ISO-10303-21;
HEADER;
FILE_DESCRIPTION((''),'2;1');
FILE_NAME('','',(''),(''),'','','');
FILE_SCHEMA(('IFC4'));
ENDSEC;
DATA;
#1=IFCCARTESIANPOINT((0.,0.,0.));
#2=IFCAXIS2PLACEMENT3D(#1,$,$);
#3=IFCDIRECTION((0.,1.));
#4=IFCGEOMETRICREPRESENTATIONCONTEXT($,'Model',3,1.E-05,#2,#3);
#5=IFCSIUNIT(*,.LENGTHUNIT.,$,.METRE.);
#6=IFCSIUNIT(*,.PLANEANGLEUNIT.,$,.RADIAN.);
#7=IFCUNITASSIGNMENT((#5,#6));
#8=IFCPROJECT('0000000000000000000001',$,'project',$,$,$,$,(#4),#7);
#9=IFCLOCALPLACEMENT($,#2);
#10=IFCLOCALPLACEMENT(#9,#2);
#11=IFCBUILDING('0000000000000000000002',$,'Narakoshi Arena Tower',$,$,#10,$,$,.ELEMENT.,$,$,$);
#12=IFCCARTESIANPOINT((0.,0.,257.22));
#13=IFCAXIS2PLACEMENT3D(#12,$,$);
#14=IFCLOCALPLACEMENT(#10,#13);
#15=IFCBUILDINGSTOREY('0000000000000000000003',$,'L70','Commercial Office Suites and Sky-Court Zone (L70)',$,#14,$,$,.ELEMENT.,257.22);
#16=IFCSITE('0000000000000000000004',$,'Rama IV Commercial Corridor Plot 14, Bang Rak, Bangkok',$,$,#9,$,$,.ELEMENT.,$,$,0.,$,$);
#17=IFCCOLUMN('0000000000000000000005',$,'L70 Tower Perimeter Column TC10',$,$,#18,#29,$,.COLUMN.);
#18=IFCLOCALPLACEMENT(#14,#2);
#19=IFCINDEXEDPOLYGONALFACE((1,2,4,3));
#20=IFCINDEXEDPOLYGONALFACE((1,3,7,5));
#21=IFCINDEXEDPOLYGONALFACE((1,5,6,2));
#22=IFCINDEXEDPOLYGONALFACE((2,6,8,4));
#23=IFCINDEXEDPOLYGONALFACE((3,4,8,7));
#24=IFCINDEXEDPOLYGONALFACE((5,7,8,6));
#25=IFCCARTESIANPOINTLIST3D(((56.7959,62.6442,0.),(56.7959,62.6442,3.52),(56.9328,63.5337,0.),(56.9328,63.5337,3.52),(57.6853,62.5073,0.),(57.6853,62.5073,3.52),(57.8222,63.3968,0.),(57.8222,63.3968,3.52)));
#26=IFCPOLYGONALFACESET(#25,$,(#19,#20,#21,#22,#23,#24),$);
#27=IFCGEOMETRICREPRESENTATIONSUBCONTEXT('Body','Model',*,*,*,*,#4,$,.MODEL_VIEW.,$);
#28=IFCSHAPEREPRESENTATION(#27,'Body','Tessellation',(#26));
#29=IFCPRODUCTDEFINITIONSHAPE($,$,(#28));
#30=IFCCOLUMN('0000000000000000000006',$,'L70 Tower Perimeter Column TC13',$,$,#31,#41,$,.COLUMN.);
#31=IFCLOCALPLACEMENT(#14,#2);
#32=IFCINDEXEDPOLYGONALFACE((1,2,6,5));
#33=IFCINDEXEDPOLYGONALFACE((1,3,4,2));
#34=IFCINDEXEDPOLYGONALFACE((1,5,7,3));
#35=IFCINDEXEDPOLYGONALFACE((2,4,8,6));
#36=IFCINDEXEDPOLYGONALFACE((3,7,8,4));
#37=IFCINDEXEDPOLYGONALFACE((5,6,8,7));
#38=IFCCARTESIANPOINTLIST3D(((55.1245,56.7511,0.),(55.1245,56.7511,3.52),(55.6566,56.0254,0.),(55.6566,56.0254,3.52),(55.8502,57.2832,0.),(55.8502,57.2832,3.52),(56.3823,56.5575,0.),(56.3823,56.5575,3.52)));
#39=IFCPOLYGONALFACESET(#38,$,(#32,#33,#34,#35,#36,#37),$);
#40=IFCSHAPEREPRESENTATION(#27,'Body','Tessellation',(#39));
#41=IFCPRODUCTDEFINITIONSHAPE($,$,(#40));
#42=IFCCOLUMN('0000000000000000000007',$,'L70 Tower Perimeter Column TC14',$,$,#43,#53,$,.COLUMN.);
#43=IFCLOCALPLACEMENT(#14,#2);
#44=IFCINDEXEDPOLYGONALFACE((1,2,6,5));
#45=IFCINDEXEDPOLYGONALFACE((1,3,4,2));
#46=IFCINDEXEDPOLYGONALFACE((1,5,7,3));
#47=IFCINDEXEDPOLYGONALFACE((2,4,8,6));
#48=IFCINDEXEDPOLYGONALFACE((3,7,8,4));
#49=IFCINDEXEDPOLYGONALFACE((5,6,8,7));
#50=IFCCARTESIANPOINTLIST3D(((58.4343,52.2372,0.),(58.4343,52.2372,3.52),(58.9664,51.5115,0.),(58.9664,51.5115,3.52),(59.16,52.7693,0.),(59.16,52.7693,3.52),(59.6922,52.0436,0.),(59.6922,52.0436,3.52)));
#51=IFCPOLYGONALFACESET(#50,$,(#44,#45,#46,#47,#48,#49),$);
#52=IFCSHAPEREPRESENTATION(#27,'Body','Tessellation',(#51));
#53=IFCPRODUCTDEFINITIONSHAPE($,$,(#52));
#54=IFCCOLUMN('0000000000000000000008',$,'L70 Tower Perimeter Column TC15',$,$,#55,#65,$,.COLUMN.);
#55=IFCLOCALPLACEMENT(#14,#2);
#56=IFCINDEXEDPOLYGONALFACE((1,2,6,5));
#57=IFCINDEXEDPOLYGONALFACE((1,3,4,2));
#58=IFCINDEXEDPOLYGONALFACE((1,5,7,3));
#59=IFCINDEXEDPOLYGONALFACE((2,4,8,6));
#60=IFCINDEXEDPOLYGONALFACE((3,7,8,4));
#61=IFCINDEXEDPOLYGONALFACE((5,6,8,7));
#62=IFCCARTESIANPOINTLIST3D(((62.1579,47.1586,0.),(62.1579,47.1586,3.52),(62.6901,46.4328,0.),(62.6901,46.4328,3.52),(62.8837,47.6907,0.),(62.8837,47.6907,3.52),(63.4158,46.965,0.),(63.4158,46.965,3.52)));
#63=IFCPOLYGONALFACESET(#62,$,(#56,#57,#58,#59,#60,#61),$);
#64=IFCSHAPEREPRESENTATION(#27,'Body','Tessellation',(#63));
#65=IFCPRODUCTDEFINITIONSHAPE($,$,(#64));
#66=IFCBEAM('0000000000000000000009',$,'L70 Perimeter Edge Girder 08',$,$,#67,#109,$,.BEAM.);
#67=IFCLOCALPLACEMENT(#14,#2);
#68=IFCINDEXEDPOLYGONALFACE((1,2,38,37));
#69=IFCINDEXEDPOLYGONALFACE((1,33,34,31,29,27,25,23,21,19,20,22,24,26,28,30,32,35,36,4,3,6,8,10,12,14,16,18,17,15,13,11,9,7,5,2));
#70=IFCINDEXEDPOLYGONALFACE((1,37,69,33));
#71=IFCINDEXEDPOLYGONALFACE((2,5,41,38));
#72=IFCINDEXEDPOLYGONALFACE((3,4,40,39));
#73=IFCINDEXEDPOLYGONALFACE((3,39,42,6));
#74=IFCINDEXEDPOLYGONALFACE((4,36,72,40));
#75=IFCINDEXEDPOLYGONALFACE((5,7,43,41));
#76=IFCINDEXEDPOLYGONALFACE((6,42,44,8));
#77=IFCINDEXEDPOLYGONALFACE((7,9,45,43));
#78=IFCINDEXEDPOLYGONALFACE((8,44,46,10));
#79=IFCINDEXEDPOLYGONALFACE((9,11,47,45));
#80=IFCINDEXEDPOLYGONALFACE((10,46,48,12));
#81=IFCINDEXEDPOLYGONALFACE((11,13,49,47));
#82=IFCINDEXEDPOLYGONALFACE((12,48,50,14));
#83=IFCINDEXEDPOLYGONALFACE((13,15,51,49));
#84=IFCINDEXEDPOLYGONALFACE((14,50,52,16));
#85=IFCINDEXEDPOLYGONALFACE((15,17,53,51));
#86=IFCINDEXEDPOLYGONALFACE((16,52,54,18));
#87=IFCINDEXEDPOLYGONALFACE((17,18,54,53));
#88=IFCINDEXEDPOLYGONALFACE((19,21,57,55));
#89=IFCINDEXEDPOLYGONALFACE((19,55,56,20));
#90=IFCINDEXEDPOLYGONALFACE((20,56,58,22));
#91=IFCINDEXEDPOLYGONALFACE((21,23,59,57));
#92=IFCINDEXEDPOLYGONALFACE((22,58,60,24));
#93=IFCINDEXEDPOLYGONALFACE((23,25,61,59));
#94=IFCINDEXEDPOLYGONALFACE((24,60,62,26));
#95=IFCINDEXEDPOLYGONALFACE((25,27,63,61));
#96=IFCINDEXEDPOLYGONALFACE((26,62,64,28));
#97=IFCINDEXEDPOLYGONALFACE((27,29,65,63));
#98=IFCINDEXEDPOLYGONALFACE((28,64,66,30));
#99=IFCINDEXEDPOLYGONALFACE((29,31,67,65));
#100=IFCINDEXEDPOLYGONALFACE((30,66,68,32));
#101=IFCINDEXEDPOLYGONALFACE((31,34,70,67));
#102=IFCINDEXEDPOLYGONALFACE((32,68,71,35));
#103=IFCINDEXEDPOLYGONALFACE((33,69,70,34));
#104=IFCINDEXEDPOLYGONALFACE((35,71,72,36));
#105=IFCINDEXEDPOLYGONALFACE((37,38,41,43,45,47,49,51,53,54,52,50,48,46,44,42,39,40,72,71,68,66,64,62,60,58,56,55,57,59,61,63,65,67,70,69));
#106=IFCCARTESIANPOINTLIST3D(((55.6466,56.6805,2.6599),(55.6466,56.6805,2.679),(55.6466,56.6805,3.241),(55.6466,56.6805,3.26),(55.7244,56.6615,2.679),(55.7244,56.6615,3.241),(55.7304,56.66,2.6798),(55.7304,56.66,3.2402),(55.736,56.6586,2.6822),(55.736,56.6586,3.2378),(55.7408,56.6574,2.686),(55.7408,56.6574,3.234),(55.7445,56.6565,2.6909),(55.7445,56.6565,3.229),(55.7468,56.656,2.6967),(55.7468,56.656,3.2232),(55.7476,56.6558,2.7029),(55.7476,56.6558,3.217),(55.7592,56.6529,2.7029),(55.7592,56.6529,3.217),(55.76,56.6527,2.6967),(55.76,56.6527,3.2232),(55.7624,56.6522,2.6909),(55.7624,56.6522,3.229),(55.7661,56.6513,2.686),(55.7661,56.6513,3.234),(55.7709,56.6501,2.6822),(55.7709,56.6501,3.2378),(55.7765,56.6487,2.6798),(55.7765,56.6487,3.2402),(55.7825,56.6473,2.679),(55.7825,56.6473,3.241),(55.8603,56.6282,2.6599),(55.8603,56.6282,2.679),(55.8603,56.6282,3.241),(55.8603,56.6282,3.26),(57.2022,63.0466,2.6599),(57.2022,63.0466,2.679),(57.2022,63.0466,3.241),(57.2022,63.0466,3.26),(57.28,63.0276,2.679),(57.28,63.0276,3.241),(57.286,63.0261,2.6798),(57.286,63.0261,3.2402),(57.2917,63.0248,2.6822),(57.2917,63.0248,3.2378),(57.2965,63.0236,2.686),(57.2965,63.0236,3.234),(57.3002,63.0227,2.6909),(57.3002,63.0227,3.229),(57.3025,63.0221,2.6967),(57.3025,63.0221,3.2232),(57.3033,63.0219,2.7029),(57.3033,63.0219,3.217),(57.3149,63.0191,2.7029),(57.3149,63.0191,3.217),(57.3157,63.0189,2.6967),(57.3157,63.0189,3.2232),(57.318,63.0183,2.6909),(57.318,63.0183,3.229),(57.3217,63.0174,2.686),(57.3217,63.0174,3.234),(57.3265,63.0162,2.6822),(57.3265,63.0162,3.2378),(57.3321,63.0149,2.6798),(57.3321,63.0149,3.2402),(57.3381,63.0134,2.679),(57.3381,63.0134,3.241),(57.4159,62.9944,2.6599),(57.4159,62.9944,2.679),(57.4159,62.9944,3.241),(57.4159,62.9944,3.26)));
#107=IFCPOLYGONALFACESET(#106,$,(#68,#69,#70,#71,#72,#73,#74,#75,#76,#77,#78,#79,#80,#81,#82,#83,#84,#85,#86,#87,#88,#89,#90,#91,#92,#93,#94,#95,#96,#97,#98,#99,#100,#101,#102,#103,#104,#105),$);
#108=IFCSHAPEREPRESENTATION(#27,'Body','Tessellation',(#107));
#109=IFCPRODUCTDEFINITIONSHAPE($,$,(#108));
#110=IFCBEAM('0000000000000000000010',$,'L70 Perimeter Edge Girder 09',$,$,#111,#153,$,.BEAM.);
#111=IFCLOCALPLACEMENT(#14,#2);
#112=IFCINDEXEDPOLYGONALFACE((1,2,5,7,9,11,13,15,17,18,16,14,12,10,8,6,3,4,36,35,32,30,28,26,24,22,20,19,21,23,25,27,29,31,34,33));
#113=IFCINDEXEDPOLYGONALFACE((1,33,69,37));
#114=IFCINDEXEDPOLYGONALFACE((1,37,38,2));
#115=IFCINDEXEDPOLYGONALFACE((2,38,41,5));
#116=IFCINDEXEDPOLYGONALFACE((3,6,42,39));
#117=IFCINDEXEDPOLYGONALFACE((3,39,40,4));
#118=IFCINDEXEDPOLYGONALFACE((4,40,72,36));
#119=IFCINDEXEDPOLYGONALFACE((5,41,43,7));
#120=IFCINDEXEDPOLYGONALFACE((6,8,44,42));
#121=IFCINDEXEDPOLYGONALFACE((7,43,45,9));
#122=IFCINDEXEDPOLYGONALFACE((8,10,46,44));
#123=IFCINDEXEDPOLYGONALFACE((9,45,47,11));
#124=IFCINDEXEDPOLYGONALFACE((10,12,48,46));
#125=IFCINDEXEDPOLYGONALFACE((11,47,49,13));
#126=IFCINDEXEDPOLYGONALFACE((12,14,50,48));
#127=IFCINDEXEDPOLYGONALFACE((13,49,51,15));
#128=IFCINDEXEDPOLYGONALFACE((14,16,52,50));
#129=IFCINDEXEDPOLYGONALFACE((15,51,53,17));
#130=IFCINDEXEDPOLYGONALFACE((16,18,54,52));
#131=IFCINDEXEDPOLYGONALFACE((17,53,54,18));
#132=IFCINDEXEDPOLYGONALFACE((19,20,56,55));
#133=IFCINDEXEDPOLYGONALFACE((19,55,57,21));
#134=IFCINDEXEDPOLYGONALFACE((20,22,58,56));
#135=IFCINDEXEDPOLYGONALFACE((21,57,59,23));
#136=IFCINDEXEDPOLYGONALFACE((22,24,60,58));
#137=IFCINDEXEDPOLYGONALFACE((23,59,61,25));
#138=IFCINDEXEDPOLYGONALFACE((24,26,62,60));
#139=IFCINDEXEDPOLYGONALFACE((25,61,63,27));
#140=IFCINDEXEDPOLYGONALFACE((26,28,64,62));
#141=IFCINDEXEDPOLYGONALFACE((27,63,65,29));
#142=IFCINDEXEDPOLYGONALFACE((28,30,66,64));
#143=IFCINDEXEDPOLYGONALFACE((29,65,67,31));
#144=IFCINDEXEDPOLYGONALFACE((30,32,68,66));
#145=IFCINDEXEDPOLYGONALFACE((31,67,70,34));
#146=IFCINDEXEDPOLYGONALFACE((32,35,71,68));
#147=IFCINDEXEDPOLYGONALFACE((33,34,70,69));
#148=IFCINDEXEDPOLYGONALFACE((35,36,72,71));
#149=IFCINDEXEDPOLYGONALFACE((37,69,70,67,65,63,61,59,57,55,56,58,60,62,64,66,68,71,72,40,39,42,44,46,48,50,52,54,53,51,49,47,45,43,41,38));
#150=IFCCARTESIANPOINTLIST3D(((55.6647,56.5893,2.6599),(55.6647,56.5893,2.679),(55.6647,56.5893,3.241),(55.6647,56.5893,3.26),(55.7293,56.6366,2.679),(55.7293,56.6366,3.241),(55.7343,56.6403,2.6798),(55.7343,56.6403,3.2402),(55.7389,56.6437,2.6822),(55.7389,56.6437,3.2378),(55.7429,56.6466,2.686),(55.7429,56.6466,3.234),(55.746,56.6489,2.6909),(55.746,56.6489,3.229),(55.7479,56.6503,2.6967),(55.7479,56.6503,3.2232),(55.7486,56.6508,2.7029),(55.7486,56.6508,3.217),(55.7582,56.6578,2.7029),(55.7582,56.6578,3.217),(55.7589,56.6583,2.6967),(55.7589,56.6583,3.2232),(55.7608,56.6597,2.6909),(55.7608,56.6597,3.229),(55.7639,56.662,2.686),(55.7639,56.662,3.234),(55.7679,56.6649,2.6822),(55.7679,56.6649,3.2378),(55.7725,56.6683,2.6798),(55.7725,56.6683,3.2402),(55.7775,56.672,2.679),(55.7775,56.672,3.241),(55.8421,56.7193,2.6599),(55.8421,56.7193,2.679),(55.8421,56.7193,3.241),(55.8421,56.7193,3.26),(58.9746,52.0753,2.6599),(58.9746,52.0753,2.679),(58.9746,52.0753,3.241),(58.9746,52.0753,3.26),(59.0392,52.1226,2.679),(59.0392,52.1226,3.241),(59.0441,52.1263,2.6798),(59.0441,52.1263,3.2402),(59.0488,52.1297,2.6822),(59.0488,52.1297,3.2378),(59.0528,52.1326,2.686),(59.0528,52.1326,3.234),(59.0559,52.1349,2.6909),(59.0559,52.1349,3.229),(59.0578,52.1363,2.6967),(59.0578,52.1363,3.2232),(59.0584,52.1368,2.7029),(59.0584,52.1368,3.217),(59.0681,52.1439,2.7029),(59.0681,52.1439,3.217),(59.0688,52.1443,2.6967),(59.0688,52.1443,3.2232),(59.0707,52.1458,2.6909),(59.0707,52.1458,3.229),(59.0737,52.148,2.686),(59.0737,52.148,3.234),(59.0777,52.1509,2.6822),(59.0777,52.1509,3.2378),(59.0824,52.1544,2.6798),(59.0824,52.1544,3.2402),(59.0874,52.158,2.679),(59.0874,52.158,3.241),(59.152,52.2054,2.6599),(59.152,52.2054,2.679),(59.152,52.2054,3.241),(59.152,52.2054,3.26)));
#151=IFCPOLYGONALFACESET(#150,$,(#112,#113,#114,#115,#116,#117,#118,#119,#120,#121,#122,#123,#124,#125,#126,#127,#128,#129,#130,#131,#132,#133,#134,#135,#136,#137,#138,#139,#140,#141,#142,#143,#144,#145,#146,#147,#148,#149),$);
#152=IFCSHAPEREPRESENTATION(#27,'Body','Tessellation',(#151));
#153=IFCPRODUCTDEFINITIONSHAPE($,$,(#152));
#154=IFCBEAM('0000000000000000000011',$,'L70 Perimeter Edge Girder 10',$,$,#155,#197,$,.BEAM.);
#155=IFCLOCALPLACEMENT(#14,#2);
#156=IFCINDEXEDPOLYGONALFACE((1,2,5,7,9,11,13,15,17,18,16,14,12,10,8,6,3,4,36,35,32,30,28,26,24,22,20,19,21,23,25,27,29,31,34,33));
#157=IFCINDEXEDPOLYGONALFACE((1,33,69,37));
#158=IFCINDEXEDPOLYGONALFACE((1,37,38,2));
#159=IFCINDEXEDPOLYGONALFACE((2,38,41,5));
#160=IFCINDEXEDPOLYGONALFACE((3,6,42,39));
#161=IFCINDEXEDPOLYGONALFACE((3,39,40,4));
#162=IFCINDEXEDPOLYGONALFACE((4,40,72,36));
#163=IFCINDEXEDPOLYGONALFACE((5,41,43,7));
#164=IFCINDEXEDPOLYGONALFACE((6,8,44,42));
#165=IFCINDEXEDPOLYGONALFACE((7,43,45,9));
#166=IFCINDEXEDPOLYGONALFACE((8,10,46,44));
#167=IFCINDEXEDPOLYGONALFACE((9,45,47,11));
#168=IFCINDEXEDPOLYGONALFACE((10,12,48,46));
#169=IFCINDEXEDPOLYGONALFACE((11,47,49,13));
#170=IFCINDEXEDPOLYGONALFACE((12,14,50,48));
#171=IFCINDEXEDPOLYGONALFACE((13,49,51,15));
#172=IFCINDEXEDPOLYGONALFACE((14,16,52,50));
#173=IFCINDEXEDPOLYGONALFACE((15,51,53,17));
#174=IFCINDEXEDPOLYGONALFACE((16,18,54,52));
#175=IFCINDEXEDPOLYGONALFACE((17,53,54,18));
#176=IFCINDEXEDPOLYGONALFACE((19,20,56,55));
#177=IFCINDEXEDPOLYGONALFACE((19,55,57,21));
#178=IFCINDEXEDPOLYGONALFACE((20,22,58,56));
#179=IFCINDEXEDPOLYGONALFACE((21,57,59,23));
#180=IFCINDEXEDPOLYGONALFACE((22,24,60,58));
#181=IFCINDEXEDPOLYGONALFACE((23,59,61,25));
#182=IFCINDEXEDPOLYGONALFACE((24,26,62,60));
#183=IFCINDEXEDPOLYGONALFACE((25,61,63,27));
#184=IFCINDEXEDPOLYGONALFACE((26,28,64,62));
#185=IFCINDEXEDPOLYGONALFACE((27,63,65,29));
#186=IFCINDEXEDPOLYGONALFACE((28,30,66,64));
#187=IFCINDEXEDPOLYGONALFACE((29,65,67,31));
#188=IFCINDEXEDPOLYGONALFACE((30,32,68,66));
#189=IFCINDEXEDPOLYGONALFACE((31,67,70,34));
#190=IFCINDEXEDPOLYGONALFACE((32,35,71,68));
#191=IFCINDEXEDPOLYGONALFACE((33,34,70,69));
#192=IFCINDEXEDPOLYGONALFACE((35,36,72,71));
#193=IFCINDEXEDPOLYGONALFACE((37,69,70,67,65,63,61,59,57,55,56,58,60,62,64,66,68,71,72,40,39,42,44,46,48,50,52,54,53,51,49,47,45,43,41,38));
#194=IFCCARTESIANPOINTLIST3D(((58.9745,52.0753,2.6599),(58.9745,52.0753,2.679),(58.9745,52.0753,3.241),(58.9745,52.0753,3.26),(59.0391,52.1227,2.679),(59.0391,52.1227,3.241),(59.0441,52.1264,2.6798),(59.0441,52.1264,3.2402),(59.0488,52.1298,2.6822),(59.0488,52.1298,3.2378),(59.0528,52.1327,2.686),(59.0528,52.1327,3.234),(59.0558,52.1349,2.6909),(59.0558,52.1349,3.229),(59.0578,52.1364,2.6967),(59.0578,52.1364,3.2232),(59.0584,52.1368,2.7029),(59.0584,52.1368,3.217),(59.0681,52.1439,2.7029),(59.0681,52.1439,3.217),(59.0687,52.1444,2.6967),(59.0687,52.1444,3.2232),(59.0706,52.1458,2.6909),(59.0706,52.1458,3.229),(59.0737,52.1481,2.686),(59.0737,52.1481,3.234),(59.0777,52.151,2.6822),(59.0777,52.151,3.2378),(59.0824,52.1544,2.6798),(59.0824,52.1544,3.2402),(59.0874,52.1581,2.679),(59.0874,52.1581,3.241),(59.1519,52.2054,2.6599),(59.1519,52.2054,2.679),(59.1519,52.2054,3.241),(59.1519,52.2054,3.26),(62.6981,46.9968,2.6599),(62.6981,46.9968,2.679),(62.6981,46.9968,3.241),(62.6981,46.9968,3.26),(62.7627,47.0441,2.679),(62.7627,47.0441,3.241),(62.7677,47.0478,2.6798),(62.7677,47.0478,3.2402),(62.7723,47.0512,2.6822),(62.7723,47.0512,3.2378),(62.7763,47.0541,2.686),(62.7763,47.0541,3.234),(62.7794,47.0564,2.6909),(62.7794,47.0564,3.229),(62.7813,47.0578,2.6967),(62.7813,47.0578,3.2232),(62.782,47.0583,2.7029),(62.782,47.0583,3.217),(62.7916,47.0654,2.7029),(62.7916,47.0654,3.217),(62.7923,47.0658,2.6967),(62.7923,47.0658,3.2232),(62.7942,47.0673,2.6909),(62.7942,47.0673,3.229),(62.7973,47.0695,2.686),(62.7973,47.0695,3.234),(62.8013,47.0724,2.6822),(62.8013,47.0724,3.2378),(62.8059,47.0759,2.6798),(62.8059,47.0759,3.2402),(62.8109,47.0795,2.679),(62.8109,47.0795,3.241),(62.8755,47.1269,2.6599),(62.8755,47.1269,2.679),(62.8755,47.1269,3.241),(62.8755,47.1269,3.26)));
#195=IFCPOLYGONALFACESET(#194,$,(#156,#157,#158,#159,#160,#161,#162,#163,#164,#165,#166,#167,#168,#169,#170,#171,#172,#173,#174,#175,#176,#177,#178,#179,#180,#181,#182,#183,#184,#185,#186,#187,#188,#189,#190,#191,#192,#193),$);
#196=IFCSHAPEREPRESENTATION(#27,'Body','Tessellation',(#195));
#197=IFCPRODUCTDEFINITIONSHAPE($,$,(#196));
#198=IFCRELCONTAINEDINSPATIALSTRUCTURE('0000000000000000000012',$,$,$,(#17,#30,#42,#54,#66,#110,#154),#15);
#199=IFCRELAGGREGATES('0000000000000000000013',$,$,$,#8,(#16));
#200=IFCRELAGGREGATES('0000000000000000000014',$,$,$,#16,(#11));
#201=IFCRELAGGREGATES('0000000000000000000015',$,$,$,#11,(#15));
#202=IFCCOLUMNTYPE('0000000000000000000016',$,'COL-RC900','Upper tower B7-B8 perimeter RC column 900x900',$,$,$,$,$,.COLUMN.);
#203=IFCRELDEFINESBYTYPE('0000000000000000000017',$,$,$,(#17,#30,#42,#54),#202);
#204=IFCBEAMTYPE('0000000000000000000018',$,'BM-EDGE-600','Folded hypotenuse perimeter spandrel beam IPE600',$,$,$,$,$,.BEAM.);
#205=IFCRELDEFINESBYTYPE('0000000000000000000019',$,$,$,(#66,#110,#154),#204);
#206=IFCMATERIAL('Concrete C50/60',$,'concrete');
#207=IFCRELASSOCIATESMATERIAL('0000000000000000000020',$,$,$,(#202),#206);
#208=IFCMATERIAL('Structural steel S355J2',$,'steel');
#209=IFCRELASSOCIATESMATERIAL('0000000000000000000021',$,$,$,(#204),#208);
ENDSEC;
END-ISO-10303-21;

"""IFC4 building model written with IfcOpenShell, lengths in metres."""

from ifc_helpers import new_model, si_unit, direction, frame, origin, origin_2d, place, context, subcontext, project, spatial, rectangle, i_section, extrude, material, material_profile, profile_set, type_object, element, save


model = new_model("IFC4")

# Units and contexts
model_context = context("Model", 3, precision=1e-05, world=origin(), true_north=direction((0.0, 1.0)))
body_context = subcontext(model_context, "Body", "Model", "MODEL_VIEW")
ifc_project = project(units=[si_unit("LENGTHUNIT", "METRE"), si_unit("PLANEANGLEUNIT", "RADIAN")], contexts=[model_context])

# Site, building, storey
site_placement = place(None, origin())
site = spatial("IfcSite", under=ifc_project, at=site_placement, Name="Rama IV Commercial Corridor Plot 14, Bang Rak, Bangkok", CompositionType="ELEMENT", RefElevation=0.0)
building_placement = place(site_placement, origin())
building = spatial("IfcBuilding", under=site, at=building_placement, Name="Narakoshi Arena Tower", CompositionType="ELEMENT")
storey_placement = place(building_placement, frame((0.0, 0.0, 257.22)))
storey = spatial("IfcBuildingStorey", under=building, at=storey_placement, Name="L70", Description="Commercial Office Suites and Sky-Court Zone (L70)", CompositionType="ELEMENT", Elevation=257.22)

# Columns
ifc_material_1 = material(Name="Concrete C50/60", Category="concrete")
ifc_material_profile_1 = material_profile(ifc_material_1, rectangle(XDim=0.8999, YDim=0.8999, at=origin_2d()), Name="RC900x900")
ifc_profile_set_1 = profile_set([ifc_material_profile_1], Name="Concrete C50/60")
column_type = type_object("IfcColumnType", Name="COL-RC900", Description="Upper tower B7-B8 perimeter RC column 900x900", PredefinedType="COLUMN", material=ifc_profile_set_1)
for number, where, z_axis, x_axis, name in (
    (1, (57.3091, 63.0205, 0.0), (0.0, 0.0, 1.0), (0.152123, 0.988362, 0.0), "L70 Tower Perimeter Column TC10"),
    (2, (55.7534, 56.6543, 0.0), (0.0, 0.0, 1.0), (-0.59131, 0.806445, 0.0), "L70 Tower Perimeter Column TC13"),
    (3, (59.0632, 52.1404, 0.0), (0.0, 0.0, 1.0), (-0.59131, 0.806445, 0.0), "L70 Tower Perimeter Column TC14"),
    (4, (62.7869, 47.0618, 0.0), (0.0, 0.0, 1.0), (-0.59131, 0.806445, 0.0), "L70 Tower Perimeter Column TC15"),
):
    element("IfcColumn", number, at=place(storey_placement, frame(where, z_axis=z_axis, x_axis=x_axis)), inside=storey, type_object=column_type, Name=name, PredefinedType="COLUMN", context=body_context, shape_type="SweptSolid", body=[
        extrude(rectangle(XDim=0.8999, YDim=0.8999, at=origin_2d()), origin(), (0.0, 0.0, 1.0), 3.52),
    ])

# Beams
ifc_material_2 = material(Name="Structural steel S355J2", Category="steel")
ifc_material_profile_2 = material_profile(ifc_material_2, i_section(OverallWidth=0.22, OverallDepth=0.6001, WebThickness=0.012, FlangeThickness=0.019, FilletRadius=0.0239, at=origin_2d()), Name="IPE600")
ifc_profile_set_2 = profile_set([ifc_material_profile_2], Name="Structural steel S355J2")
beam_type_1 = type_object("IfcBeamType", Name="BM-EDGE-600", Description="Folded hypotenuse perimeter spandrel beam IPE600", PredefinedType="BEAM", material=ifc_profile_set_2)
beam_1_placement = place(storey_placement, frame((57.3091, 63.0205, 2.96), z_axis=(-0.237378, -0.971417, 0.0), x_axis=(0.971417, -0.237378, 0.0)))
element("IfcBeam", 5, at=beam_1_placement, inside=storey, type_object=beam_type_1, Name="L70 Perimeter Edge Girder 08", PredefinedType="BEAM", context=body_context, shape_type="SweptSolid", body=[
    extrude(i_section(OverallWidth=0.22, OverallDepth=0.6001, WebThickness=0.012, FlangeThickness=0.019, FilletRadius=0.0239, at=origin_2d()), origin(), (0.0, 0.0, 1.0), 6.5535),
])
beam_2_placement = place(storey_placement, frame((55.7534, 56.6543, 2.96), z_axis=(0.591318, -0.806438, 0.0), x_axis=(0.806438, 0.591318, 0.0)))
element("IfcBeam", 6, at=beam_2_placement, inside=storey, type_object=beam_type_1, Name="L70 Perimeter Edge Girder 09", PredefinedType="BEAM", context=body_context, shape_type="SweptSolid", body=[
    extrude(i_section(OverallWidth=0.22, OverallDepth=0.6001, WebThickness=0.012, FlangeThickness=0.019, FilletRadius=0.0239, at=origin_2d()), origin(), (0.0, 0.0, 1.0), 5.5974),
])
for number, where, z_axis, x_axis, name in (
    (7, (59.0632, 52.1404, 2.96), (0.591293, -0.806457, 0.0), (0.806457, 0.591293, 0.0), "L70 Perimeter Edge Girder 10"),
):
    element("IfcBeam", number, at=place(storey_placement, frame(where, z_axis=z_axis, x_axis=x_axis)), inside=storey, type_object=beam_type_1, Name=name, PredefinedType="BEAM", context=body_context, shape_type="SweptSolid", body=[
        extrude(i_section(OverallWidth=0.22, OverallDepth=0.6001, WebThickness=0.012, FlangeThickness=0.019, FilletRadius=0.0239, at=origin_2d()), origin(), (0.0, 0.0, 1.0), 6.2974),
    ])

save(model, "model.ifc")
